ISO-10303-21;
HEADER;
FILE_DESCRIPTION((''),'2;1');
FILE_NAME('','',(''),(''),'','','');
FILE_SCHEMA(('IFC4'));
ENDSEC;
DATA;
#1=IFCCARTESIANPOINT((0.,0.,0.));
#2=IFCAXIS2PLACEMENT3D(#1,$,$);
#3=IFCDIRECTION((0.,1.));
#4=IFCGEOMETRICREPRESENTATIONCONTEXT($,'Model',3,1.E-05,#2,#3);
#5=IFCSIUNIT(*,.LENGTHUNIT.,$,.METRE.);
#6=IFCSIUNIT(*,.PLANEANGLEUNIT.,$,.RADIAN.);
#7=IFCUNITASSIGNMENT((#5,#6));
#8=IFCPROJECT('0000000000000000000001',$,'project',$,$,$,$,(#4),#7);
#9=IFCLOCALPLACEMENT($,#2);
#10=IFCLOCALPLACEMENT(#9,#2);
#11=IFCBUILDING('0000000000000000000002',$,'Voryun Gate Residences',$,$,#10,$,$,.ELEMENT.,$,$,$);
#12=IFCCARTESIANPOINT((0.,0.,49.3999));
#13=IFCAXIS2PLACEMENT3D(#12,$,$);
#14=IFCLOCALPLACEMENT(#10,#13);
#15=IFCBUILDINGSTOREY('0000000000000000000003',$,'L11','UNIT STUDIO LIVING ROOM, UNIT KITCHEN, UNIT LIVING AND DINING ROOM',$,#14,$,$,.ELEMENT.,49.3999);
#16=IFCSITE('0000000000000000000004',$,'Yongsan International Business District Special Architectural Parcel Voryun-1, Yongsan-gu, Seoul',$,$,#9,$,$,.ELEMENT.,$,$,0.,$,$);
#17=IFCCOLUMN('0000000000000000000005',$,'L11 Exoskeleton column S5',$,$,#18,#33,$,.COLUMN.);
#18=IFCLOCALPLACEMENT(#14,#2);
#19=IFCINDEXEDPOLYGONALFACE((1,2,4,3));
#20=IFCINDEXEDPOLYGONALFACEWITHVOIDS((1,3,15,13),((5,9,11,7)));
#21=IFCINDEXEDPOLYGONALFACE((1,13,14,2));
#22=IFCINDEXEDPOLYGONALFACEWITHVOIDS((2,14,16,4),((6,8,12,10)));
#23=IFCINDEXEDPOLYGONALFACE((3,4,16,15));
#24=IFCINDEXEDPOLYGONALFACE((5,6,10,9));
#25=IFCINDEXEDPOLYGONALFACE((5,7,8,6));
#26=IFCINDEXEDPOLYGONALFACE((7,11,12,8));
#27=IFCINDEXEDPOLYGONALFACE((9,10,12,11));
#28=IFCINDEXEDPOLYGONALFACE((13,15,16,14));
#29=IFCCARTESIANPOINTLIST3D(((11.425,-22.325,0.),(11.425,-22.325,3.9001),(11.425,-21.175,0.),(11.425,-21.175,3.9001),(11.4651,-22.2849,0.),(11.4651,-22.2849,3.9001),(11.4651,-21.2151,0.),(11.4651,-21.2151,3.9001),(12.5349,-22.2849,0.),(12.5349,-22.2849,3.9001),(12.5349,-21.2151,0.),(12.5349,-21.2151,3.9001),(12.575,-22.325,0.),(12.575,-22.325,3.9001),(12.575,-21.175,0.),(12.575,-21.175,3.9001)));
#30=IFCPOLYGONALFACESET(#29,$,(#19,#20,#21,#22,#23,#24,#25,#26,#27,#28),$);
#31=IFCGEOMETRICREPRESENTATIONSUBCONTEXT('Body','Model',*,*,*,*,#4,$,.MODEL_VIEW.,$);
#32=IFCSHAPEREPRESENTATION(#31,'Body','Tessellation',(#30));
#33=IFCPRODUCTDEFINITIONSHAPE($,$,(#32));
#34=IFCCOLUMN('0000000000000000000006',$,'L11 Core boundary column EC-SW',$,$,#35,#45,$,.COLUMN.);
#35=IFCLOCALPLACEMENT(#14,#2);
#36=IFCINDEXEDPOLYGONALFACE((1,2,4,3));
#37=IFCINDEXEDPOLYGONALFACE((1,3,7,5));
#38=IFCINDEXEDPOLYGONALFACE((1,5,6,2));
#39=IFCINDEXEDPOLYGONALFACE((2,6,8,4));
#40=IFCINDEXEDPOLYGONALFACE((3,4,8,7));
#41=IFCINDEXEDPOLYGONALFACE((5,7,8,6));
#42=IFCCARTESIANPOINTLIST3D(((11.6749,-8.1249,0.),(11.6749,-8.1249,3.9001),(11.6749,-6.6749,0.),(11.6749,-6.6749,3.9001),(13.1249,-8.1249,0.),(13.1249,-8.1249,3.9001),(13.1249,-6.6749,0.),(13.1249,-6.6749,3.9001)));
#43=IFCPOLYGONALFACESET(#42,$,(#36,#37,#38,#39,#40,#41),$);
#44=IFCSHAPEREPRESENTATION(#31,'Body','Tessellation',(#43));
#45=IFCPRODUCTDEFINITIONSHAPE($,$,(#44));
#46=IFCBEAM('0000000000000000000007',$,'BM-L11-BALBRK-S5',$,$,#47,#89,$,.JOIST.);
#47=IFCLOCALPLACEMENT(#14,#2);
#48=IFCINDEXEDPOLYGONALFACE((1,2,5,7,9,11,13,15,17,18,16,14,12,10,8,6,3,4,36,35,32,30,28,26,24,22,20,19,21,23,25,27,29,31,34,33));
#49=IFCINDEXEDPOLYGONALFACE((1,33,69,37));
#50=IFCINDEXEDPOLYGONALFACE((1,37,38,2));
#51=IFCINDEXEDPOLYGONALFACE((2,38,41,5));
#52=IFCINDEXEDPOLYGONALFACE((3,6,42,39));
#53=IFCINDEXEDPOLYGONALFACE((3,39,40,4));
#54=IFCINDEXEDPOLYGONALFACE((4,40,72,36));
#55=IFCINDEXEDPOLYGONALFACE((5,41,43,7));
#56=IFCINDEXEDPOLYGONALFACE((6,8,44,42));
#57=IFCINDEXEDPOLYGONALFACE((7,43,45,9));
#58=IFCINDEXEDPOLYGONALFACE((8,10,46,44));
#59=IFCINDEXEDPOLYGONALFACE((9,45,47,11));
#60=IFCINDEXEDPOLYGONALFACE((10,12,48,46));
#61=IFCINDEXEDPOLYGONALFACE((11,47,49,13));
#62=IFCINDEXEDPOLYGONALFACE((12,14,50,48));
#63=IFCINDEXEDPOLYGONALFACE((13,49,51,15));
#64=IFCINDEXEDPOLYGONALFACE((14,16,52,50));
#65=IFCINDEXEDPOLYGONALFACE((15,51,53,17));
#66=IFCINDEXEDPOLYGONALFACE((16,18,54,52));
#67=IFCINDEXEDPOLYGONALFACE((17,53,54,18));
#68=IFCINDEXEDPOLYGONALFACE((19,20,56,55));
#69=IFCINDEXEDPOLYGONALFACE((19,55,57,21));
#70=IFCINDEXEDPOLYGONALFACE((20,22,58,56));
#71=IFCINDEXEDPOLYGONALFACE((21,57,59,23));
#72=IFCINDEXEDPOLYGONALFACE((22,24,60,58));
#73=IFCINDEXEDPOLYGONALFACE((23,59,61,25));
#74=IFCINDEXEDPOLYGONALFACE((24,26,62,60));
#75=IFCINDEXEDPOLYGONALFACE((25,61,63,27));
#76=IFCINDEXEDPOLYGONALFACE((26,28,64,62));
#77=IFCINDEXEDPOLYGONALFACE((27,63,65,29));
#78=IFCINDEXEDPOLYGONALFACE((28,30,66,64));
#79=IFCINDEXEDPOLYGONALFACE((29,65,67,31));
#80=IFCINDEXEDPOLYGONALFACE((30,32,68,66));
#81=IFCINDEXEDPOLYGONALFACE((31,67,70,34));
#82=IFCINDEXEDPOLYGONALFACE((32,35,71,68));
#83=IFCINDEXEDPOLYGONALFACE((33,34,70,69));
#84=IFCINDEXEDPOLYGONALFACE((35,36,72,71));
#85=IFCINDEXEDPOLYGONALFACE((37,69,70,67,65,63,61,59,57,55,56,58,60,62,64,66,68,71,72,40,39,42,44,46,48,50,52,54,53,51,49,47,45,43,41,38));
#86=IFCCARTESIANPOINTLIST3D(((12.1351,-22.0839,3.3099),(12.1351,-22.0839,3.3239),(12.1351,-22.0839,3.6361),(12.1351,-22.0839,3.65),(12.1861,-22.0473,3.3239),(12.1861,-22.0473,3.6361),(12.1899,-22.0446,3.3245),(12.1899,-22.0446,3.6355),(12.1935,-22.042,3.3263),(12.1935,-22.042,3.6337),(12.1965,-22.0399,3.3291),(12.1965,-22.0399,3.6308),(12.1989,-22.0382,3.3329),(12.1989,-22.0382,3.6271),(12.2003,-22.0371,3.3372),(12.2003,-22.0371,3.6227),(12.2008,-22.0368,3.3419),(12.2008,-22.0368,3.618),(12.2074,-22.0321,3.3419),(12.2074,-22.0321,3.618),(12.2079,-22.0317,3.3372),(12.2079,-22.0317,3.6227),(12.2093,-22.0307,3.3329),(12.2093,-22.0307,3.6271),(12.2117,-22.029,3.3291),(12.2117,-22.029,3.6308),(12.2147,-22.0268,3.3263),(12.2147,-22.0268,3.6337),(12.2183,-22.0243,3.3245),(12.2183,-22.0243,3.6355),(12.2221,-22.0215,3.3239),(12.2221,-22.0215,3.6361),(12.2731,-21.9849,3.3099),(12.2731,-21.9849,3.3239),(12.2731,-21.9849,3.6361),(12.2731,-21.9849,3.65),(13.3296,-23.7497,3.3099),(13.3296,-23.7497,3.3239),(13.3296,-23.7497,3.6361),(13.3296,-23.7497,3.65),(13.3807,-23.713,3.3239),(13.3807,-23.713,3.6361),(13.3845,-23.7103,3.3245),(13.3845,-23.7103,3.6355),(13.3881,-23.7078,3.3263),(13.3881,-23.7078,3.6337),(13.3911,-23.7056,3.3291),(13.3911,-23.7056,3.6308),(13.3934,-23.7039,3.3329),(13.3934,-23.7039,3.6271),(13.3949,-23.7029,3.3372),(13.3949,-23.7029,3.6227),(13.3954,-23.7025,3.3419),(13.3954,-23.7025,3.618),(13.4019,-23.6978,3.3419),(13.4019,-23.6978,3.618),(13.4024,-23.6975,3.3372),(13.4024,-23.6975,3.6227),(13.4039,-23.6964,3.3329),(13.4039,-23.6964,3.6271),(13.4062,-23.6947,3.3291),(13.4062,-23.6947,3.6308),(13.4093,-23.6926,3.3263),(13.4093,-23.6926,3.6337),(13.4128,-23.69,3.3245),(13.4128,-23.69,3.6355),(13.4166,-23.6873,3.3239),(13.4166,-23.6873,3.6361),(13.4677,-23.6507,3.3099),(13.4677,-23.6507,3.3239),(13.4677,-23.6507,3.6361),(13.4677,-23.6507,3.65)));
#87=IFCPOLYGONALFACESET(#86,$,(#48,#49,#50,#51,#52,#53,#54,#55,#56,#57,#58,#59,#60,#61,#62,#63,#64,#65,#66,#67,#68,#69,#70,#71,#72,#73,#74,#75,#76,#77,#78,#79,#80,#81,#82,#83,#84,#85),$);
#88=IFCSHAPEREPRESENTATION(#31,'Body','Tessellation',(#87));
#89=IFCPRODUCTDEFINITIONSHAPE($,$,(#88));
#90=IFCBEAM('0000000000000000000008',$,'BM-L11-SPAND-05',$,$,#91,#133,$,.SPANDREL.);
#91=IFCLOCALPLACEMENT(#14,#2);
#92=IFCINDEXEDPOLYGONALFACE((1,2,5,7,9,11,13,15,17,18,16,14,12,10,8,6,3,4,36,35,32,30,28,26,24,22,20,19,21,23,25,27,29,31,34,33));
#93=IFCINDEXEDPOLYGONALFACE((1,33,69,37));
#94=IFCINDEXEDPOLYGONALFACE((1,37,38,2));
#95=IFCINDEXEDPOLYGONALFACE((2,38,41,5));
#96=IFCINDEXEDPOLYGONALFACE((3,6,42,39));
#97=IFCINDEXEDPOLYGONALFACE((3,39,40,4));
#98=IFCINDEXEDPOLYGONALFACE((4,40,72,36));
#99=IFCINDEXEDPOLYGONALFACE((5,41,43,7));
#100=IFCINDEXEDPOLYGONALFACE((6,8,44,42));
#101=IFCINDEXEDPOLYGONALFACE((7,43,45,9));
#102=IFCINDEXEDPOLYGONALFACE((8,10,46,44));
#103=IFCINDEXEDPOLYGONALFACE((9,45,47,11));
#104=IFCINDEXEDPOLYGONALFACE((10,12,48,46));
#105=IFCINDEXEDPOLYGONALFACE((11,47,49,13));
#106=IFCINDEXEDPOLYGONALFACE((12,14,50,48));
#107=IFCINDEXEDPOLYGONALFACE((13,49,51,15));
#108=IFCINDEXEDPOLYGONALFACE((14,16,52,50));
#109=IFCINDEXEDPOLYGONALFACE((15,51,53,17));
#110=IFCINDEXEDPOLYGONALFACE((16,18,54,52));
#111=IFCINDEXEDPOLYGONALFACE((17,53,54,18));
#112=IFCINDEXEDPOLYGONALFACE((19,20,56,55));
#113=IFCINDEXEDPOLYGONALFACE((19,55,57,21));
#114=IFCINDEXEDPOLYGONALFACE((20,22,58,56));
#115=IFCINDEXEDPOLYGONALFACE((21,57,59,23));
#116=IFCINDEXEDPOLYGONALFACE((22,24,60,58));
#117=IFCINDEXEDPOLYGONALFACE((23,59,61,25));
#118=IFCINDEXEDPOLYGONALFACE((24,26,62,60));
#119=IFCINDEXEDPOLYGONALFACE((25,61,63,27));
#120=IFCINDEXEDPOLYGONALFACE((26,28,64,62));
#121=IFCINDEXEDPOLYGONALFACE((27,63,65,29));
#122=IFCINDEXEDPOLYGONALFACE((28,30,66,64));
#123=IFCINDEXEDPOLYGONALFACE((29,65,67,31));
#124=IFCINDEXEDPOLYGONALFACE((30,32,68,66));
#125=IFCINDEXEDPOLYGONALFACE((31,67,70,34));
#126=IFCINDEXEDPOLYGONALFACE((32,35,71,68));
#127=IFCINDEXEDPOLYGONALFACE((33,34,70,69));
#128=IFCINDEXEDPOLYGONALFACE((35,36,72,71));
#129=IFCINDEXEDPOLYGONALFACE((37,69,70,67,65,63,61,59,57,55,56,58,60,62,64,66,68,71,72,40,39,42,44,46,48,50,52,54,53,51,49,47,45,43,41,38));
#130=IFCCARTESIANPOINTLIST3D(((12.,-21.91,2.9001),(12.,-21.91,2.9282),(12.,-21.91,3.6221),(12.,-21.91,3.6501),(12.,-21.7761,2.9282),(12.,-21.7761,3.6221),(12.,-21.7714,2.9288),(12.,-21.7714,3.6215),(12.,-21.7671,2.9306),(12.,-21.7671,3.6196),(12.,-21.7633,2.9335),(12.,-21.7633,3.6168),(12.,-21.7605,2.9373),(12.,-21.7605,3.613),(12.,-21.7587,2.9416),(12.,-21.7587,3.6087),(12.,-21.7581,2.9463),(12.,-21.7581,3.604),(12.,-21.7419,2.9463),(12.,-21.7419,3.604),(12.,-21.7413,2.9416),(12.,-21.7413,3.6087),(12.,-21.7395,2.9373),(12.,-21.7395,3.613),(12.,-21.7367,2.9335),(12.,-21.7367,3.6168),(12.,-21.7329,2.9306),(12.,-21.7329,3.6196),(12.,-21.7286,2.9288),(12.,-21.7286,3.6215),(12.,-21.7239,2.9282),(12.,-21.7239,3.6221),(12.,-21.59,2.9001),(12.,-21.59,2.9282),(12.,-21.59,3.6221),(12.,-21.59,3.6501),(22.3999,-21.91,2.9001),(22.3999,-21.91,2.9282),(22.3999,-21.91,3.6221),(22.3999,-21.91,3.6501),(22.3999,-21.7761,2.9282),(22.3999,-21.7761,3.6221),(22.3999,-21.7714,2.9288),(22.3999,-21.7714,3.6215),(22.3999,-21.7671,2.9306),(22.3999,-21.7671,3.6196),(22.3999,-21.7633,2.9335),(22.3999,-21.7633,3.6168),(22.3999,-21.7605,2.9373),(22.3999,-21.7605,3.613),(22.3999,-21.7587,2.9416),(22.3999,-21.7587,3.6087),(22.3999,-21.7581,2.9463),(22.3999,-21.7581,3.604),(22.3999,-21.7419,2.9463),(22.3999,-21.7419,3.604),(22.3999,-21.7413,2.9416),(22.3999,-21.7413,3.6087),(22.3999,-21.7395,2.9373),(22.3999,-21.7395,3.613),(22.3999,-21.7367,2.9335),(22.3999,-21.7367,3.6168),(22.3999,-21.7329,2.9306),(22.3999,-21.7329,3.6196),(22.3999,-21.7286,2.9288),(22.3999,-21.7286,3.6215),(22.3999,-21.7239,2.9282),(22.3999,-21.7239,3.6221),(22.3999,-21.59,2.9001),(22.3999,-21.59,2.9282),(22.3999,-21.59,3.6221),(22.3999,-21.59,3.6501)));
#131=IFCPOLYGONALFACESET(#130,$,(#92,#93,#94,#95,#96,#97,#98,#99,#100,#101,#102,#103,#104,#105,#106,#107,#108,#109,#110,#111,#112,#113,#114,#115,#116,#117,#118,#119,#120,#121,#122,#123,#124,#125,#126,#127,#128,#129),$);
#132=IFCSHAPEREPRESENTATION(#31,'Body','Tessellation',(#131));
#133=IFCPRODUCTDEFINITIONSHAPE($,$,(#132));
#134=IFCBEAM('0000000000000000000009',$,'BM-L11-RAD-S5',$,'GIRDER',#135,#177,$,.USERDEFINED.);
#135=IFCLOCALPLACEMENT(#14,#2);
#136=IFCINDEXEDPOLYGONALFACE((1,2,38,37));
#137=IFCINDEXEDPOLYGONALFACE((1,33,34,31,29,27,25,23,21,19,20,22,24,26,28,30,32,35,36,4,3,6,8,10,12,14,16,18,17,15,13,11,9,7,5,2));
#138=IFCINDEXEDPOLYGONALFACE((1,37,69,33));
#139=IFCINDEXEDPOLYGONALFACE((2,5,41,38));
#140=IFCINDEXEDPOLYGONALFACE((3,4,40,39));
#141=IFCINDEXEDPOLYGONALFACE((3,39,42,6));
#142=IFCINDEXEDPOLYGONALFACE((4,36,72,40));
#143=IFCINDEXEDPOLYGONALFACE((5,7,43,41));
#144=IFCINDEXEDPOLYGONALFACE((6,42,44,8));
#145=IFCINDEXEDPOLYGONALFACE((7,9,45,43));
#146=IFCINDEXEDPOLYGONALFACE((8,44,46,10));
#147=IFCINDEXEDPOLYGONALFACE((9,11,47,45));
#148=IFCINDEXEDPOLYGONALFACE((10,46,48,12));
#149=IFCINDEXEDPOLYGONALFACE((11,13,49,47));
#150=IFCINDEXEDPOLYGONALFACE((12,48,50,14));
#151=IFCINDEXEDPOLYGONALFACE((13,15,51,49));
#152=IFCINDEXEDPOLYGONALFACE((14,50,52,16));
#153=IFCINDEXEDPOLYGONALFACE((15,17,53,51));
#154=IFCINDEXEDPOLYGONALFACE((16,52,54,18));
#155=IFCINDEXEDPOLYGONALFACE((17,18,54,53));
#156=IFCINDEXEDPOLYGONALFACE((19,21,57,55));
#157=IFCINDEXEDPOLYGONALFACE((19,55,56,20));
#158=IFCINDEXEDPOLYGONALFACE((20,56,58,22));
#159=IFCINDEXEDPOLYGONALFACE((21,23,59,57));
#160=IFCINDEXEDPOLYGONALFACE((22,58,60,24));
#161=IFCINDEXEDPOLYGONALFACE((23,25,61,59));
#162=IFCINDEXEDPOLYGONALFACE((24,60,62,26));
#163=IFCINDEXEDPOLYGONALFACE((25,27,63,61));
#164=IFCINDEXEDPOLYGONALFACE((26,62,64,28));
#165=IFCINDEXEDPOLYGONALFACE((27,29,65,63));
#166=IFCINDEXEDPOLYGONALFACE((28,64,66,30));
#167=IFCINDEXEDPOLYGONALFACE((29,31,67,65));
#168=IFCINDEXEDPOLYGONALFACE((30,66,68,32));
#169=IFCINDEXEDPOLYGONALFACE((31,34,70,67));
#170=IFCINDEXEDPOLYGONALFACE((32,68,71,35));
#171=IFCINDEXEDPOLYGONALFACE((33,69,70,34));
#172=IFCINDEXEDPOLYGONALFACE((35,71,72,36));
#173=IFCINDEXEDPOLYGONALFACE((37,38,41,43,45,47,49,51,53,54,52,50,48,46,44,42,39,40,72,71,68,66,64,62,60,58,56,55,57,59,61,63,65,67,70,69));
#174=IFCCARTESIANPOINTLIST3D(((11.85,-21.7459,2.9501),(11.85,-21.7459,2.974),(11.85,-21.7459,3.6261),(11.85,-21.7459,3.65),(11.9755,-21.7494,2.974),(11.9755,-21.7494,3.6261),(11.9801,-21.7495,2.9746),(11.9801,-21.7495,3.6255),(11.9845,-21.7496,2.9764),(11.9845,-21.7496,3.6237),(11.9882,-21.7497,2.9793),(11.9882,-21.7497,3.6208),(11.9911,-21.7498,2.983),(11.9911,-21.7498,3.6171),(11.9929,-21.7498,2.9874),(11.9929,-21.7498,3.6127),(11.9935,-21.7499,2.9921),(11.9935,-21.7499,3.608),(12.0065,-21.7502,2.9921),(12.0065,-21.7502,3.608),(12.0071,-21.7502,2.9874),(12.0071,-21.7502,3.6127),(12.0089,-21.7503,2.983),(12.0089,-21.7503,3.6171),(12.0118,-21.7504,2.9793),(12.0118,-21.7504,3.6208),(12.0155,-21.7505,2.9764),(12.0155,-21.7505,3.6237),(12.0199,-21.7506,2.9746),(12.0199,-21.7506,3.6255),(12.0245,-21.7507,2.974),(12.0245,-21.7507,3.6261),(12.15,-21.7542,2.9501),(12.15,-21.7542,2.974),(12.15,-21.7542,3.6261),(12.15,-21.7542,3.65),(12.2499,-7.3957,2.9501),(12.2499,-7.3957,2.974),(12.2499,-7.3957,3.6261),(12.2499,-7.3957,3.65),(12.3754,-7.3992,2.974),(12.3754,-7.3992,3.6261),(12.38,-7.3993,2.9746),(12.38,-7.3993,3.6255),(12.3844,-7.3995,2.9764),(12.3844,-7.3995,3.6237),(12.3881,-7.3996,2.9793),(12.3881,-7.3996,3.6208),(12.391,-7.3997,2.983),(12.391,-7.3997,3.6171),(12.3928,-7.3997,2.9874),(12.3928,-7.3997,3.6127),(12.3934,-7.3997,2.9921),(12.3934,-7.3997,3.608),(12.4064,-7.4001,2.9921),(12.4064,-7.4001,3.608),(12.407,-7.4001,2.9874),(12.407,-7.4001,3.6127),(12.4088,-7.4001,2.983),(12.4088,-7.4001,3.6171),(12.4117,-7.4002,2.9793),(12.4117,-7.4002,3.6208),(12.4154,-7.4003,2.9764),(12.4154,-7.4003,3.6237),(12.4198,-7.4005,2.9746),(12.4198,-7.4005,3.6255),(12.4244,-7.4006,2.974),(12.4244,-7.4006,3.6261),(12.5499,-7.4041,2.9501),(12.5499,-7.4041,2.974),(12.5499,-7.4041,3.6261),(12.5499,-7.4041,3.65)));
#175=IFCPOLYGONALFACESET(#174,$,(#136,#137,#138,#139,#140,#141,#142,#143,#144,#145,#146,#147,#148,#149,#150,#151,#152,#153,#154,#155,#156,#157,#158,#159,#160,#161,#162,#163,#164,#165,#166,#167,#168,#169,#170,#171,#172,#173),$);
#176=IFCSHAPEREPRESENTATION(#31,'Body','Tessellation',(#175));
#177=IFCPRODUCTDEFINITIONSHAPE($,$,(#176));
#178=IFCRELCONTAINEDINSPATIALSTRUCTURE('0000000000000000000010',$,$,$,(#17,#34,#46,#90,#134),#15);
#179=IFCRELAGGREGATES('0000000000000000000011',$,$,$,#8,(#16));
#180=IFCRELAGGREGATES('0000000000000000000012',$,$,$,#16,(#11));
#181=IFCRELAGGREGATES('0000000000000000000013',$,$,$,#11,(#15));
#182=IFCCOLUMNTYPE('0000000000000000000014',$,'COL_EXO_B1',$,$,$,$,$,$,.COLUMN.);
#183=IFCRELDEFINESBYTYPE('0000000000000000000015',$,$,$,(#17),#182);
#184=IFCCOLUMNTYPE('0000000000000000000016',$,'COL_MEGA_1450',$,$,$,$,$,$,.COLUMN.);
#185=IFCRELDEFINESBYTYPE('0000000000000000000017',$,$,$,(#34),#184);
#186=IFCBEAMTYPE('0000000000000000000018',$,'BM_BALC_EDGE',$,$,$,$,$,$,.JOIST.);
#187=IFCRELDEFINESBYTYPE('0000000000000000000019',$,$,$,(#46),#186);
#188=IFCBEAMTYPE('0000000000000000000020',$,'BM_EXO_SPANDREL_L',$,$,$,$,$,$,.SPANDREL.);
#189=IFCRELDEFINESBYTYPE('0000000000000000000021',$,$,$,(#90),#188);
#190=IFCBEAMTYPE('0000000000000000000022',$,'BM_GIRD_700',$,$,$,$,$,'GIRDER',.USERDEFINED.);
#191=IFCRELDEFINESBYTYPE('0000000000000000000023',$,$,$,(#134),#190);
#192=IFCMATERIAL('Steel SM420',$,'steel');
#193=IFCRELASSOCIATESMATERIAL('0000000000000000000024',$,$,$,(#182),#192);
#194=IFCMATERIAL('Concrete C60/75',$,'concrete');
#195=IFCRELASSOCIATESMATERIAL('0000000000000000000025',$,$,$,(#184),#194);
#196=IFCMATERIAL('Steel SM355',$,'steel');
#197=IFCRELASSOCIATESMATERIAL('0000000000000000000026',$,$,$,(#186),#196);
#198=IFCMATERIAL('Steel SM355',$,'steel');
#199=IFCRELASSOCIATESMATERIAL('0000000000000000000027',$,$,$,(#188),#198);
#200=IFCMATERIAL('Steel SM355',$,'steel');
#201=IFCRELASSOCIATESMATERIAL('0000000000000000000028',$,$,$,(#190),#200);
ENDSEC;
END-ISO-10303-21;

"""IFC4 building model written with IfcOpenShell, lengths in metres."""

from ifc_helpers import new_model, si_unit, direction, frame, origin, origin_2d, place, context, subcontext, project, spatial, rectangle, hollow_rectangle, i_section, extrude, material, material_profile, profile_set, type_object, element, save


model = new_model("IFC4")

# Units and contexts
model_context = context("Model", 3, precision=1e-05, world=origin(), true_north=direction((0.0, 1.0)))
body_context = subcontext(model_context, "Body", "Model", "MODEL_VIEW")
ifc_project = project(units=[si_unit("LENGTHUNIT", "METRE"), si_unit("PLANEANGLEUNIT", "RADIAN")], contexts=[model_context])

# Site, building, storey
site_placement = place(None, origin())
site = spatial("IfcSite", under=ifc_project, at=site_placement, Name="Yongsan International Business District Special Architectural Parcel Voryun-1, Yongsan-gu, Seoul", CompositionType="ELEMENT", RefElevation=0.0)
building_placement = place(site_placement, origin())
building = spatial("IfcBuilding", under=site, at=building_placement, Name="Voryun Gate Residences", CompositionType="ELEMENT")
storey_placement = place(building_placement, frame((0.0, 0.0, 49.3999)))
storey = spatial("IfcBuildingStorey", under=building, at=storey_placement, Name="L11", Description="UNIT STUDIO LIVING ROOM, UNIT KITCHEN, UNIT LIVING AND DINING ROOM", CompositionType="ELEMENT", Elevation=49.3999)

# Columns
ifc_material_1 = material(Name="Steel SM420", Category="steel")
ifc_material_profile_1 = material_profile(ifc_material_1, hollow_rectangle(XDim=1.1499, YDim=1.1499, WallThickness=0.04, at=origin_2d()), Name="BOX-1150x1150x40")
ifc_profile_set_1 = profile_set([ifc_material_profile_1], Name="Steel SM420")
column_type_1 = type_object("IfcColumnType", Name="COL_EXO_B1", PredefinedType="COLUMN", material=ifc_profile_set_1)
column_1_placement = place(storey_placement, frame((12.0, -21.75, 0.0), z_axis=(0.0, 0.0, 1.0), x_axis=(1.0, 0.0, 0.0)))
element("IfcColumn", 1, at=column_1_placement, inside=storey, type_object=column_type_1, Name="L11 Exoskeleton column S5", PredefinedType="COLUMN", context=body_context, shape_type="SweptSolid", body=[
    extrude(hollow_rectangle(XDim=1.1499, YDim=1.1499, WallThickness=0.04, at=origin_2d()), origin(), (0.0, 0.0, 1.0), 3.9001),
])
ifc_material_2 = material(Name="Concrete C60/75", Category="concrete")
ifc_material_profile_2 = material_profile(ifc_material_2, rectangle(XDim=1.45, YDim=1.45, at=origin_2d()), Name="RC-1450x1450")
ifc_profile_set_2 = profile_set([ifc_material_profile_2], Name="Concrete C60/75")
column_type_2 = type_object("IfcColumnType", Name="COL_MEGA_1450", PredefinedType="COLUMN", material=ifc_profile_set_2)
column_2_placement = place(storey_placement, frame((12.3999, -7.3999, 0.0), z_axis=(0.0, 0.0, 1.0), x_axis=(1.0, 0.0, 0.0)))
element("IfcColumn", 2, at=column_2_placement, inside=storey, type_object=column_type_2, Name="L11 Core boundary column EC-SW", PredefinedType="COLUMN", context=body_context, shape_type="SweptSolid", body=[
    extrude(rectangle(XDim=1.45, YDim=1.45, at=origin_2d()), origin(), (0.0, 0.0, 1.0), 3.9001),
])

# Beams
ifc_material_3 = material(Name="Steel SM355", Category="steel")
ifc_material_profile_3 = material_profile(ifc_material_3, i_section(OverallWidth=0.1699, OverallDepth=0.3401, WebThickness=0.0081, FlangeThickness=0.0139, FilletRadius=0.0181, at=origin_2d()), Name="H-340x170x8x14")
ifc_profile_set_3 = profile_set([ifc_material_profile_3], Name="Steel SM355")
beam_type_1 = type_object("IfcBeamType", Name="BM_BALC_EDGE", PredefinedType="JOIST", material=ifc_profile_set_3)
beam_1_placement = place(storey_placement, frame((12.2041, -22.0344, 3.48), z_axis=(0.582769, -0.812638, 0.0), x_axis=(0.812638, 0.582769, 0.0)))
element("IfcBeam", 3, at=beam_1_placement, inside=storey, type_object=beam_type_1, Name="BM-L11-BALBRK-S5", PredefinedType="JOIST", context=body_context, shape_type="SweptSolid", body=[
    extrude(i_section(OverallWidth=0.1699, OverallDepth=0.3401, WebThickness=0.0081, FlangeThickness=0.0139, FilletRadius=0.0181, at=origin_2d()), origin(), (0.0, 0.0, 1.0), 2.0498),
])
ifc_material_4 = material(Name="Steel SM355", Category="steel")
ifc_material_profile_4 = material_profile(ifc_material_4, i_section(OverallWidth=0.3201, OverallDepth=0.75, WebThickness=0.0161, FlangeThickness=0.0281, FilletRadius=0.0181, at=origin_2d()), Name="H-750x320x16x28")
ifc_profile_set_4 = profile_set([ifc_material_profile_4], Name="Steel SM355")
beam_type_2 = type_object("IfcBeamType", Name="BM_EXO_SPANDREL_L", PredefinedType="SPANDREL", material=ifc_profile_set_4)
beam_2_placement = place(storey_placement, frame((12.0, -21.75, 3.2751), z_axis=(1.0, 0.0, 0.0), x_axis=(0.0, 1.0, 0.0)))
element("IfcBeam", 4, at=beam_2_placement, inside=storey, type_object=beam_type_2, Name="BM-L11-SPAND-05", PredefinedType="SPANDREL", context=body_context, shape_type="SweptSolid", body=[
    extrude(i_section(OverallWidth=0.3201, OverallDepth=0.75, WebThickness=0.0161, FlangeThickness=0.0281, FilletRadius=0.0181, at=origin_2d()), origin(), (0.0, 0.0, 1.0), 10.3999),
])
ifc_material_5 = material(Name="Steel SM355", Category="steel")
ifc_material_profile_5 = material_profile(ifc_material_5, i_section(OverallWidth=0.3, OverallDepth=0.7, WebThickness=0.0129, FlangeThickness=0.0239, FilletRadius=0.0181, at=origin_2d()), Name="H-700x300x13x24")
ifc_profile_set_5 = profile_set([ifc_material_profile_5], Name="Steel SM355")
beam_type_3 = type_object("IfcBeamType", Name="BM_GIRD_700", ElementType="GIRDER", PredefinedType="USERDEFINED", material=ifc_profile_set_5)
beam_3_placement = place(storey_placement, frame((12.3999, -7.3999, 3.3), z_axis=(-0.027857, -0.999612, 0.0), x_axis=(0.999612, -0.027857, 0.0)))
element("IfcBeam", 5, at=beam_3_placement, inside=storey, type_object=beam_type_3, Name="BM-L11-RAD-S5", ObjectType="GIRDER", PredefinedType="USERDEFINED", context=body_context, shape_type="SweptSolid", body=[
    extrude(i_section(OverallWidth=0.3, OverallDepth=0.7, WebThickness=0.0129, FlangeThickness=0.0239, FilletRadius=0.0181, at=origin_2d()), origin(), (0.0, 0.0, 1.0), 14.3557),
])

save(model, "model.ifc")
